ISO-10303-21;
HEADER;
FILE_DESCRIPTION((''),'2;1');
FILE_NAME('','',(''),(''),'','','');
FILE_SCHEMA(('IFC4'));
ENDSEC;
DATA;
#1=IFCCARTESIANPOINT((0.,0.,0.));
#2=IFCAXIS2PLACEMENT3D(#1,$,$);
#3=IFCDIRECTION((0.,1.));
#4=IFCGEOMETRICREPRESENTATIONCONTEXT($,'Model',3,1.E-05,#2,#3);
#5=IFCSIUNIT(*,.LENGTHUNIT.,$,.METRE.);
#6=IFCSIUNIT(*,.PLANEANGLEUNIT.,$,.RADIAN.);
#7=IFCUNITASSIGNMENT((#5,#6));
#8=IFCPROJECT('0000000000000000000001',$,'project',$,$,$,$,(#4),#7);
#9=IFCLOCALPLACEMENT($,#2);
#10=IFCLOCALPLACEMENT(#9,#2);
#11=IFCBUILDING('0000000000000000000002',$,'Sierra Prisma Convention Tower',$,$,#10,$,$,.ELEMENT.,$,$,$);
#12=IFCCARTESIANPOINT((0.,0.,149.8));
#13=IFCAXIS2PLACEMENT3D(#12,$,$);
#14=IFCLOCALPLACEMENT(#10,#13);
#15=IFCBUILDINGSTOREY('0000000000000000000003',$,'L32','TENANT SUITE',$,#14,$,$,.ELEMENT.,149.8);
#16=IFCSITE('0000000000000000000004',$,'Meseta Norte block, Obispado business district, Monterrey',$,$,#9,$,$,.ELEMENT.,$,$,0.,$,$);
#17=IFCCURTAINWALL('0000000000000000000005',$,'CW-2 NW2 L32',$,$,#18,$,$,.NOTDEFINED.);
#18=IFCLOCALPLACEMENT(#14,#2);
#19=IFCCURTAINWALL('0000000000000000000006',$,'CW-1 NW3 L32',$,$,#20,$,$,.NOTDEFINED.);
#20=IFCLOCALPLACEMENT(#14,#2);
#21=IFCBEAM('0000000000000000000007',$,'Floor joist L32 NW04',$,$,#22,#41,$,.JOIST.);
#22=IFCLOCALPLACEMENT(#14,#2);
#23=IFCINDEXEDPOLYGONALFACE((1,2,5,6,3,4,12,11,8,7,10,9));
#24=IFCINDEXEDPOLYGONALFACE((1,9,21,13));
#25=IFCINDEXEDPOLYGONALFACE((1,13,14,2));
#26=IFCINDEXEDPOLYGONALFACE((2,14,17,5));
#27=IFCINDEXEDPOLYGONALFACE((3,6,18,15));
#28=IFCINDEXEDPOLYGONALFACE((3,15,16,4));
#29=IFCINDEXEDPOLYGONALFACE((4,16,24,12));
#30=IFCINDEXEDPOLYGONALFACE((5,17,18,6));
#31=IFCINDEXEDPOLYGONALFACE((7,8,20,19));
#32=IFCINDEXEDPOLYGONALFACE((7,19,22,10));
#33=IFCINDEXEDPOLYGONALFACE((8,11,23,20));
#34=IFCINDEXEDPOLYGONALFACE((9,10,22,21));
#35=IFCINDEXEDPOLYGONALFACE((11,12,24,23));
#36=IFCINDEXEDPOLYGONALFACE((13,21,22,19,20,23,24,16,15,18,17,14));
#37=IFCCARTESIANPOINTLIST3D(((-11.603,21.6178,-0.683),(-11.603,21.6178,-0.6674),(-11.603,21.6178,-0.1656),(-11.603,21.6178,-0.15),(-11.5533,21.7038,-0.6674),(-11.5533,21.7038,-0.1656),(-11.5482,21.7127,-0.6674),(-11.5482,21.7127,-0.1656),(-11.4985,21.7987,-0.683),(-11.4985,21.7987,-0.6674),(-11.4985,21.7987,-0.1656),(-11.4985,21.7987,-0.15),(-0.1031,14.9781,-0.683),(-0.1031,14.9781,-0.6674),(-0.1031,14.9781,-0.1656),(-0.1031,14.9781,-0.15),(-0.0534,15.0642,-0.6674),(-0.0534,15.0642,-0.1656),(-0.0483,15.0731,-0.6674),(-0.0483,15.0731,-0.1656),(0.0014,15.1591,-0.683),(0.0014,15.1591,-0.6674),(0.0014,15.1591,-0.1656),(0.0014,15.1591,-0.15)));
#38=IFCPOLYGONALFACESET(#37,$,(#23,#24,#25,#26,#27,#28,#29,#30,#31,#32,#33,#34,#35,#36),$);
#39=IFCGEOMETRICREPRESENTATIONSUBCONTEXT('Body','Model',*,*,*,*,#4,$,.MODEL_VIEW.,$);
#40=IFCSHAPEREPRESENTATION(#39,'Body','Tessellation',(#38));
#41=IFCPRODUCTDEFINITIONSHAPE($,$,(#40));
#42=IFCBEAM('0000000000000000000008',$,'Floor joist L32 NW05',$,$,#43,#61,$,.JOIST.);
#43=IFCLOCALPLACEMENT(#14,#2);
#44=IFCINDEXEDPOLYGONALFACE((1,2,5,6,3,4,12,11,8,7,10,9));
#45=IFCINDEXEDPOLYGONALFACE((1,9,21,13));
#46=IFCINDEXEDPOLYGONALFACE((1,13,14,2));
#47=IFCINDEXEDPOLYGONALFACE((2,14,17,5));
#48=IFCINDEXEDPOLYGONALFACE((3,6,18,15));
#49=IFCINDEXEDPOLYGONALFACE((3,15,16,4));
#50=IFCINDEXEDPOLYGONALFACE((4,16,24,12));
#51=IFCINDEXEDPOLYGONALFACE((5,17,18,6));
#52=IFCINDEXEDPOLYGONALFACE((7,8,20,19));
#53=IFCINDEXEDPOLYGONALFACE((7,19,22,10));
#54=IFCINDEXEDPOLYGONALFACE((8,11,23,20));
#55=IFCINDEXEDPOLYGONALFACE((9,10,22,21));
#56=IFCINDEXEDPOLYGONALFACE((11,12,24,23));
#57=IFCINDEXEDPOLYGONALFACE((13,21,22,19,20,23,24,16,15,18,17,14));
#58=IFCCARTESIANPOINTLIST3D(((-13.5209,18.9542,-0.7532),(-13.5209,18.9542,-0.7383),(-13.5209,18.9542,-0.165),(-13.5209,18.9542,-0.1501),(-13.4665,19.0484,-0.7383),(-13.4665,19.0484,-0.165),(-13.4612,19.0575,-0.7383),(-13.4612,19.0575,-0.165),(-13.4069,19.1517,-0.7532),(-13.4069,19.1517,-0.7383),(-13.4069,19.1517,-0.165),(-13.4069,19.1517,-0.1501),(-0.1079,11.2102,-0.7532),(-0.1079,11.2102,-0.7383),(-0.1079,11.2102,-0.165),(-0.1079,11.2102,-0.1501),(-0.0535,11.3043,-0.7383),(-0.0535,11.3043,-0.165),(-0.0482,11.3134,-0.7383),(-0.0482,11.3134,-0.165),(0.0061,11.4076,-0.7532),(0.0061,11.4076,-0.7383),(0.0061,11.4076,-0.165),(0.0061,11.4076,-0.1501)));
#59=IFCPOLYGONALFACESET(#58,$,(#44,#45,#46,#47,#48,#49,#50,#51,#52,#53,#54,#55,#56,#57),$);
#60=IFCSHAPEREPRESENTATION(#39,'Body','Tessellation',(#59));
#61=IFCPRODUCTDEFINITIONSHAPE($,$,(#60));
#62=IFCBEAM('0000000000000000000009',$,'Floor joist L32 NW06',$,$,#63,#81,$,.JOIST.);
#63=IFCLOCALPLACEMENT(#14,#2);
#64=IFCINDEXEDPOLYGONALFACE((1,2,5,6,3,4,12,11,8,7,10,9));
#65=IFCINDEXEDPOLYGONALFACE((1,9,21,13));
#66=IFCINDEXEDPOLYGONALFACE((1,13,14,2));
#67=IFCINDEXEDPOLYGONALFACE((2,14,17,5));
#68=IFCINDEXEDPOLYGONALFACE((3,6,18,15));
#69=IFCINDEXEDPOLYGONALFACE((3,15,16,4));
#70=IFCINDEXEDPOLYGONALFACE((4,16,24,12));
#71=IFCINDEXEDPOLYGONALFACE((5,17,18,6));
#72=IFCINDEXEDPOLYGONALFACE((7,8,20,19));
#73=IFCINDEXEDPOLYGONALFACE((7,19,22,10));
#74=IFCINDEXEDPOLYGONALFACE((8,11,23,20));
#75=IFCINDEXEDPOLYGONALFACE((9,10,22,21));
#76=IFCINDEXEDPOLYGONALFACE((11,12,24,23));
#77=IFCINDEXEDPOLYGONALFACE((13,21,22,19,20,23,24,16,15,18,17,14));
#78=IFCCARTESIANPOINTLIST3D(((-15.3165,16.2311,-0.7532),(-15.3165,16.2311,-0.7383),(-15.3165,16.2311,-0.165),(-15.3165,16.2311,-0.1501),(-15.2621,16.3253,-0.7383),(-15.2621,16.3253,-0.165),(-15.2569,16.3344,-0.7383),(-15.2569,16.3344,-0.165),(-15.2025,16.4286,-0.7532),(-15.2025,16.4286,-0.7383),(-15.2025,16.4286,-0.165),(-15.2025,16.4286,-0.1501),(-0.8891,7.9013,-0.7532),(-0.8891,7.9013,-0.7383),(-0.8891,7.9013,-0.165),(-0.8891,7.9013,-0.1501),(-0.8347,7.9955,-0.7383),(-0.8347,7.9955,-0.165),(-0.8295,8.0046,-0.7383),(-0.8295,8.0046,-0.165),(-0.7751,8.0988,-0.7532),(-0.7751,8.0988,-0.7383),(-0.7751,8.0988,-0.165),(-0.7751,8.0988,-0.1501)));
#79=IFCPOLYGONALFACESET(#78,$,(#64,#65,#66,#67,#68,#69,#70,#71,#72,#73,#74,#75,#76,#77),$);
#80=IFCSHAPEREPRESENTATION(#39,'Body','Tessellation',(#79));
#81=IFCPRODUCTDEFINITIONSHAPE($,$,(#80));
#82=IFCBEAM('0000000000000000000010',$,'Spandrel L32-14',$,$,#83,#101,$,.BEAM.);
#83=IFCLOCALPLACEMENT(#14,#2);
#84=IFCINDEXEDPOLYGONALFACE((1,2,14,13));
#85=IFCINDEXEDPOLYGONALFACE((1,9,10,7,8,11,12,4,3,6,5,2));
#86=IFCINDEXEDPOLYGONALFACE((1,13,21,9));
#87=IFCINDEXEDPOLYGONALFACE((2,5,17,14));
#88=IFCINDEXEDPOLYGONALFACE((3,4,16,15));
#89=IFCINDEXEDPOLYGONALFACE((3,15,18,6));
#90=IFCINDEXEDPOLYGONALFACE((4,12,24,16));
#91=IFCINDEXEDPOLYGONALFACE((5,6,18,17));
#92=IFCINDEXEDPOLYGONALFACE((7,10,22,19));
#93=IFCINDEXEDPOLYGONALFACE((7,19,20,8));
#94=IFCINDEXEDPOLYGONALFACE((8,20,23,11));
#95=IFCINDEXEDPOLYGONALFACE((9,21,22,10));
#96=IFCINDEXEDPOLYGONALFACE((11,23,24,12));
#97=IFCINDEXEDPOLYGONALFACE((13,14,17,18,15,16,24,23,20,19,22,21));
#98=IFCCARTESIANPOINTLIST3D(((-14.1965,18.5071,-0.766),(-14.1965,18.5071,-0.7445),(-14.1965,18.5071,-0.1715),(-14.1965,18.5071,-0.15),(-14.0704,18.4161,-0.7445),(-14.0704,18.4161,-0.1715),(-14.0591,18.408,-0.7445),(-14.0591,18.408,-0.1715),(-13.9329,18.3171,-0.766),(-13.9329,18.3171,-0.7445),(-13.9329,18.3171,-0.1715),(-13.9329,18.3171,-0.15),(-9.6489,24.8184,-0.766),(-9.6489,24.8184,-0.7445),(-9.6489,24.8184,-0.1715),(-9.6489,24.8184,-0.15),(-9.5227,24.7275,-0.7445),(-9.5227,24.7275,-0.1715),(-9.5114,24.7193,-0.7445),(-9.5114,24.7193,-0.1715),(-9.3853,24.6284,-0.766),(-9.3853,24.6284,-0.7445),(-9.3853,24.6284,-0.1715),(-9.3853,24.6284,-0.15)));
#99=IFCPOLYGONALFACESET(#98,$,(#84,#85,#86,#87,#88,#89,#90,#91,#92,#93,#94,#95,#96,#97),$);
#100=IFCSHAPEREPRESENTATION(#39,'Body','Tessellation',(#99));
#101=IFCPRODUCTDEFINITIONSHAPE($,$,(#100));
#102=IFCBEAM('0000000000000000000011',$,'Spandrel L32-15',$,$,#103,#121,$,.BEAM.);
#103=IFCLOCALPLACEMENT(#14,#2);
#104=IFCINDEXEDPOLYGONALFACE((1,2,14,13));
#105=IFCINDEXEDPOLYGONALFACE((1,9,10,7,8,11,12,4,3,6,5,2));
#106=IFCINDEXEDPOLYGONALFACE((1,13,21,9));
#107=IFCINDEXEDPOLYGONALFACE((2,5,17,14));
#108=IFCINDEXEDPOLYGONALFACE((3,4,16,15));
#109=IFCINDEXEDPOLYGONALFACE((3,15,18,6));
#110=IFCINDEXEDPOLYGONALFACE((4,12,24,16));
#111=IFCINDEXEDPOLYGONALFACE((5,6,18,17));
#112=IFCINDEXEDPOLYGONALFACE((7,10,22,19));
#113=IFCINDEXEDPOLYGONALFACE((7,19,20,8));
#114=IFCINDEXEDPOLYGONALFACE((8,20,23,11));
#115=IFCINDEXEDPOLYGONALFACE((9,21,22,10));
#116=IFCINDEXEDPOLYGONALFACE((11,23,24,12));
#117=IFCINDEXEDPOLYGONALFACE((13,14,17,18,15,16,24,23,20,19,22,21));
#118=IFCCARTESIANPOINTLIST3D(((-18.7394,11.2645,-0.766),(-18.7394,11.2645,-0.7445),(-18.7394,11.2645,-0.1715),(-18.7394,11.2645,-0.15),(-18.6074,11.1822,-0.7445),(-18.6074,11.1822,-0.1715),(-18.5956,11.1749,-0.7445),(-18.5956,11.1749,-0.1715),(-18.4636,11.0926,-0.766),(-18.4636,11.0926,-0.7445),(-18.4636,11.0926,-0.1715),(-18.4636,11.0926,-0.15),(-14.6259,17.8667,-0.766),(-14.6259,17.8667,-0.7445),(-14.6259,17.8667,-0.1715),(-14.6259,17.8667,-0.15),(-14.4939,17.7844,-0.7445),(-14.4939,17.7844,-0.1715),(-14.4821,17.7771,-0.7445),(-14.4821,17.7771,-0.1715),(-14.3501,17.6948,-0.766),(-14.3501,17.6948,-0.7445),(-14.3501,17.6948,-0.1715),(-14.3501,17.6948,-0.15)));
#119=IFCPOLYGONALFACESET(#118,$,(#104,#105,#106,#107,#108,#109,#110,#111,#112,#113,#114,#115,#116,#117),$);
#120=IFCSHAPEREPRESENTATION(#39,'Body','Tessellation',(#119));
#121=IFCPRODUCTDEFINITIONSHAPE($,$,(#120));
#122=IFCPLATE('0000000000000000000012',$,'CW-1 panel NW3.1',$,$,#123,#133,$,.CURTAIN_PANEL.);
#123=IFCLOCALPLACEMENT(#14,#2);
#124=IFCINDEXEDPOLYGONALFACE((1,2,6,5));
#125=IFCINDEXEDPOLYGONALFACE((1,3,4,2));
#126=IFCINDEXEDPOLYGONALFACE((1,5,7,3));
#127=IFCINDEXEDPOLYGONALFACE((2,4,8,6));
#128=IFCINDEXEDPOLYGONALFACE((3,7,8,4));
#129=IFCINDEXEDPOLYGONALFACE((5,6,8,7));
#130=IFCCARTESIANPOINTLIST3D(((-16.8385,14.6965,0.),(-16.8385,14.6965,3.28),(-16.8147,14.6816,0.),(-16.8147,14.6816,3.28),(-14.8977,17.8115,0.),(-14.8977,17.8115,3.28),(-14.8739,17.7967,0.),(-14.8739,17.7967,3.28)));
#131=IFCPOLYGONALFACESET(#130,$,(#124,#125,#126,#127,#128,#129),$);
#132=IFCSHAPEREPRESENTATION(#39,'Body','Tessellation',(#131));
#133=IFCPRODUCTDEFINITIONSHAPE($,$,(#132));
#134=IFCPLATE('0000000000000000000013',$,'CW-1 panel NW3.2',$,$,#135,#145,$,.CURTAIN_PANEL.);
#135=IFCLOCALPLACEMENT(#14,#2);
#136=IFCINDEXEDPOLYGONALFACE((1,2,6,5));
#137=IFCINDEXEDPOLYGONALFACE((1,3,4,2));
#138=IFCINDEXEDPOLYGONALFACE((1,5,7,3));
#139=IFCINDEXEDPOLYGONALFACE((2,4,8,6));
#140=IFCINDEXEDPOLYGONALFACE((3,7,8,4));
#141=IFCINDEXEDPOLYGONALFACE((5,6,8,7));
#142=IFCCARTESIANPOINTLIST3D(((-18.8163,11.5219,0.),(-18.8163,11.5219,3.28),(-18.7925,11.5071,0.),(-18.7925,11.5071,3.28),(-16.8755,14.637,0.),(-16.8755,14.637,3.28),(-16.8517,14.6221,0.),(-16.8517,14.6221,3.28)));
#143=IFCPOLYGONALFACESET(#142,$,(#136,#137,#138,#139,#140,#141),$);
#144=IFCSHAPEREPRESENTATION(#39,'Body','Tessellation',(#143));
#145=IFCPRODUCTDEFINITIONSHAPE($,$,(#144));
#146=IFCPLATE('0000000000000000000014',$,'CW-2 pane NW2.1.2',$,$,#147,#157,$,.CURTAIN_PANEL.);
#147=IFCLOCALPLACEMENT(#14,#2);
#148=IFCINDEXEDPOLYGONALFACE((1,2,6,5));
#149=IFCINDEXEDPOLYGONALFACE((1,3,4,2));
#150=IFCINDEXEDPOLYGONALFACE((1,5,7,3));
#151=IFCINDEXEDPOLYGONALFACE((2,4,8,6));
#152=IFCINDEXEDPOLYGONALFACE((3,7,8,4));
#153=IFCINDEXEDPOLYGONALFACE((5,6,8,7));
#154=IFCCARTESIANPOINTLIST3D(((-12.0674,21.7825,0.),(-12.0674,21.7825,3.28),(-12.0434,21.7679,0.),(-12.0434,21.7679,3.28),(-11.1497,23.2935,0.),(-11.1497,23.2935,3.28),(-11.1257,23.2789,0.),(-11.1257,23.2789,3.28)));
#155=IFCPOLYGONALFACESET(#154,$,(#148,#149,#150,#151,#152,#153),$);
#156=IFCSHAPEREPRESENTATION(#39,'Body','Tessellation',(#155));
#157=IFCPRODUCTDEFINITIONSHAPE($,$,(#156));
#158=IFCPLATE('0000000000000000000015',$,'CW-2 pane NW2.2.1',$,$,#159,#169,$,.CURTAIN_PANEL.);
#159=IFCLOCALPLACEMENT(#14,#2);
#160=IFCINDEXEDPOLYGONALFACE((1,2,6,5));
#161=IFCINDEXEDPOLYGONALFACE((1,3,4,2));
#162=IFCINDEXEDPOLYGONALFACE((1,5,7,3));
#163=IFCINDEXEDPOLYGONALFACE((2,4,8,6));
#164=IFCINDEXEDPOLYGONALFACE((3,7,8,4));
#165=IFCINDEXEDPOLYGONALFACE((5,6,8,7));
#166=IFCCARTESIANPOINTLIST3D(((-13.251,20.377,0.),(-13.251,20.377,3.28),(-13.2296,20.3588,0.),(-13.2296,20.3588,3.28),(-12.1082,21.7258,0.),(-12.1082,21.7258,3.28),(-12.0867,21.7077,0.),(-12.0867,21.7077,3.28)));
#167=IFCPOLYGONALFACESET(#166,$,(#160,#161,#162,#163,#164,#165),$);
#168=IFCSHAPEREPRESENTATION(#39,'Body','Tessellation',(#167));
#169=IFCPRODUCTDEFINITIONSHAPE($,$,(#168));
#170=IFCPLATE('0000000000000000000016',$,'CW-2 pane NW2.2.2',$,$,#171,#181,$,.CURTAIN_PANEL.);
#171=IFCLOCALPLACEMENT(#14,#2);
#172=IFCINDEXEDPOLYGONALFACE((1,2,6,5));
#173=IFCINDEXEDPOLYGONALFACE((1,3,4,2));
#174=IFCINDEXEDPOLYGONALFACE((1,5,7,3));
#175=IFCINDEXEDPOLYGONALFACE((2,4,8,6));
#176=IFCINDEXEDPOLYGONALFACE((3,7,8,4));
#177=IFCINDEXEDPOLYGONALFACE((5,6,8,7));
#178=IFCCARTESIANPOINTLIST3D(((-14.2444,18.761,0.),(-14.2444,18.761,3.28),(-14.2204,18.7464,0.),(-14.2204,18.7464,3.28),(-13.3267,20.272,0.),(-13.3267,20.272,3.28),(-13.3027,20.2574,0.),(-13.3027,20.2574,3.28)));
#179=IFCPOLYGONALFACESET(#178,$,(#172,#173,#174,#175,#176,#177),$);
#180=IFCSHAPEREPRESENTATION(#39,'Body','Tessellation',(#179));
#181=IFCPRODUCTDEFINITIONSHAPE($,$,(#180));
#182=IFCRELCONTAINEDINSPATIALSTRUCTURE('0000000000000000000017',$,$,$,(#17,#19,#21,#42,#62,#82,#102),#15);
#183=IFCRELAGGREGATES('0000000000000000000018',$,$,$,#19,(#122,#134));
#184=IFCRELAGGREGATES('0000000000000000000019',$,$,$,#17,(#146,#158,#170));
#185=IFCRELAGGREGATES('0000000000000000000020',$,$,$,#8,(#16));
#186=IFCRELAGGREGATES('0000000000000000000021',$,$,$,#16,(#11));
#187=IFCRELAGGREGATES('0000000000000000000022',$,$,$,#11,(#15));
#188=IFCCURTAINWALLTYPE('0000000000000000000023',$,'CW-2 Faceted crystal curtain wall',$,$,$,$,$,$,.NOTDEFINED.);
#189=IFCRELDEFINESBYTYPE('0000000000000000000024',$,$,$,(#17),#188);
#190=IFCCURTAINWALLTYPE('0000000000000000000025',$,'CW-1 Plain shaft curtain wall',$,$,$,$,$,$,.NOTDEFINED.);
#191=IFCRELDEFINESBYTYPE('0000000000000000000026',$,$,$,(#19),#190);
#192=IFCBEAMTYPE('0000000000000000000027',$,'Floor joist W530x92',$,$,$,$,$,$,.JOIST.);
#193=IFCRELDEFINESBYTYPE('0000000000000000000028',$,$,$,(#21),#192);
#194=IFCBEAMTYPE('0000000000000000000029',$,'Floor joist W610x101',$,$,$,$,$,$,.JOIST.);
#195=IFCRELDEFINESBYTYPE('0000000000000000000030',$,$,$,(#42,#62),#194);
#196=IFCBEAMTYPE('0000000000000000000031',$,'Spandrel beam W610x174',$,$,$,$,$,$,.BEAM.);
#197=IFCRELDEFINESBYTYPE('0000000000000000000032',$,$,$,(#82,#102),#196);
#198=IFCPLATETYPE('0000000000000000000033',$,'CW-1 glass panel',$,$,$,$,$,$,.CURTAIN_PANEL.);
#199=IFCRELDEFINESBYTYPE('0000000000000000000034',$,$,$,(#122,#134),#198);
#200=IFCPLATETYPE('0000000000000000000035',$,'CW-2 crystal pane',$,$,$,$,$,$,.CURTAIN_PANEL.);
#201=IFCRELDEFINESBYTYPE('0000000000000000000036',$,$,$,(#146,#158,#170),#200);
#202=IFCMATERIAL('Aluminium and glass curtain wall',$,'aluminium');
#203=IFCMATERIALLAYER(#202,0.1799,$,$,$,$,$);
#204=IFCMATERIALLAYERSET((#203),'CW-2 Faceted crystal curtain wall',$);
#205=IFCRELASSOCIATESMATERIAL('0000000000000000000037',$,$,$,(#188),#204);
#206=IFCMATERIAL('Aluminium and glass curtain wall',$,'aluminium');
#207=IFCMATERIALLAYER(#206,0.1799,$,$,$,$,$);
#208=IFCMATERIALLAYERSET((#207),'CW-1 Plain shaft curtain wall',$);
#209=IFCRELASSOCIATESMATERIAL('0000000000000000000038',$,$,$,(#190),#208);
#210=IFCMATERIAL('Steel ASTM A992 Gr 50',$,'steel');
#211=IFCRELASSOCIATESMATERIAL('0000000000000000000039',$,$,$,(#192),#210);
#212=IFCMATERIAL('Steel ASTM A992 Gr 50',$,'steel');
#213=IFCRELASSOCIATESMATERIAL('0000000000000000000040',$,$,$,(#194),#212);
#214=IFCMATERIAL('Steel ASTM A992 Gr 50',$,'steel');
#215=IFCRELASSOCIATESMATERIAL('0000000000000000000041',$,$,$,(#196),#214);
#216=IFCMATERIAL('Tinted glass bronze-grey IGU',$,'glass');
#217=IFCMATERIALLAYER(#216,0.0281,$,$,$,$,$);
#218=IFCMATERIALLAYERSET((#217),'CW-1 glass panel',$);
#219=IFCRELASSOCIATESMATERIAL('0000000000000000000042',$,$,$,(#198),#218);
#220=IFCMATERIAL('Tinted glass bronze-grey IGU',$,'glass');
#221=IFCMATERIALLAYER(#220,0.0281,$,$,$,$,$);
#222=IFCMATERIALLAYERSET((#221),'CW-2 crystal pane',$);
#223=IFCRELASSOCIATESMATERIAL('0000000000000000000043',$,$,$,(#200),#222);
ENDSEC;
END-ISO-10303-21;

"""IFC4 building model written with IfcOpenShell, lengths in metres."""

from ifc_helpers import new_model, si_unit, direction, frame, origin, origin_2d, place, context, subcontext, project, spatial, polyline, rectangle, i_section, outline, extrude, material, layer, layer_set, material_profile, profile_set, type_object, element, aggregate, save


model = new_model("IFC4")

# Units and contexts
model_context = context("Model", 3, precision=1e-05, world=origin(), true_north=direction((0.0, 1.0)))
body_context = subcontext(model_context, "Body", "Model", "MODEL_VIEW")
ifc_project = project(units=[si_unit("LENGTHUNIT", "METRE"), si_unit("PLANEANGLEUNIT", "RADIAN")], contexts=[model_context])

# Site, building, storey
site_placement = place(None, origin())
site = spatial("IfcSite", under=ifc_project, at=site_placement, Name="Meseta Norte block, Obispado business district, Monterrey", CompositionType="ELEMENT", RefElevation=0.0)
building_placement = place(site_placement, origin())
building = spatial("IfcBuilding", under=site, at=building_placement, Name="Sierra Prisma Convention Tower", CompositionType="ELEMENT")
storey_placement = place(building_placement, frame((0.0, 0.0, 149.8)))
storey = spatial("IfcBuildingStorey", under=building, at=storey_placement, Name="L32", Description="TENANT SUITE", CompositionType="ELEMENT", Elevation=149.8)

# Curtain walls
ifc_material_1 = material(Name="Aluminium and glass curtain wall", Category="aluminium")
ifc_layer_1 = layer(ifc_material_1, 0.1799)
ifc_layer_set_1 = layer_set([ifc_layer_1], Name="CW-2 Faceted crystal curtain wall")
curtain_wall_type_1 = type_object("IfcCurtainWallType", Name="CW-2 Faceted crystal curtain wall", PredefinedType="NOTDEFINED", material=ifc_layer_set_1)
curtain_wall_1_placement = place(storey_placement, origin())
curtain_wall_1 = element("IfcCurtainWall", 1, at=curtain_wall_1_placement, inside=storey, type_object=curtain_wall_type_1, Name="CW-2 NW2 L32", PredefinedType="NOTDEFINED")
ifc_material_2 = material(Name="Aluminium and glass curtain wall", Category="aluminium")
ifc_layer_2 = layer(ifc_material_2, 0.1799)
ifc_layer_set_2 = layer_set([ifc_layer_2], Name="CW-1 Plain shaft curtain wall")
curtain_wall_type_2 = type_object("IfcCurtainWallType", Name="CW-1 Plain shaft curtain wall", PredefinedType="NOTDEFINED", material=ifc_layer_set_2)
curtain_wall_2_placement = place(storey_placement, origin())
curtain_wall_2 = element("IfcCurtainWall", 2, at=curtain_wall_2_placement, inside=storey, type_object=curtain_wall_type_2, Name="CW-1 NW3 L32", PredefinedType="NOTDEFINED")

# Beams
ifc_material_3 = material(Name="Steel ASTM A992 Gr 50", Category="steel")
ifc_material_profile_1 = material_profile(ifc_material_3, i_section(OverallWidth=0.209, OverallDepth=0.533, WebThickness=0.0103, FlangeThickness=0.0156, at=origin_2d()), Name="W530x92")
ifc_profile_set_1 = profile_set([ifc_material_profile_1], Name="Steel ASTM A992 Gr 50")
beam_type_1 = type_object("IfcBeamType", Name="Floor joist W530x92", PredefinedType="JOIST", material=ifc_profile_set_1)
beam_1_placement = place(storey_placement, frame((-11.5508, 21.7083, -0.4165), z_axis=(0.866021, -0.500007, 0.0), x_axis=(0.500007, 0.866021, 0.0)))
element("IfcBeam", 3, at=beam_1_placement, inside=storey, type_object=beam_type_1, Name="Floor joist L32 NW04", PredefinedType="JOIST", context=body_context, shape_type="SweptSolid", body=[
    extrude(i_section(OverallWidth=0.209, OverallDepth=0.533, WebThickness=0.0103, FlangeThickness=0.0156, at=origin_2d()), origin(), (0.0, 0.0, 1.0), 13.2791),
])
ifc_material_4 = material(Name="Steel ASTM A992 Gr 50", Category="steel")
ifc_material_profile_2 = material_profile(ifc_material_4, i_section(OverallWidth=0.228, OverallDepth=0.603, WebThickness=0.0105, FlangeThickness=0.0149, at=origin_2d()), Name="W610x101")
ifc_profile_set_2 = profile_set([ifc_material_profile_2], Name="Steel ASTM A992 Gr 50")
beam_type_2 = type_object("IfcBeamType", Name="Floor joist W610x101", PredefinedType="JOIST", material=ifc_profile_set_2)
beam_2_placement = place(storey_placement, frame((-13.4639, 19.053, -0.4517), z_axis=(0.866023, -0.500004, 0.0), x_axis=(0.500004, 0.866023, 0.0)))
element("IfcBeam", 4, at=beam_2_placement, inside=storey, type_object=beam_type_2, Name="Floor joist L32 NW05", PredefinedType="JOIST", context=body_context, shape_type="SweptSolid", body=[
    extrude(i_section(OverallWidth=0.228, OverallDepth=0.603, WebThickness=0.0105, FlangeThickness=0.0149, at=origin_2d()), origin(), (0.0, 0.0, 1.0), 15.488),
])
beam_3_placement = place(storey_placement, frame((-15.2595, 16.3298, -0.4517), z_axis=(0.866022, -0.500005, 0.0), x_axis=(0.500005, 0.866022, 0.0)))
element("IfcBeam", 5, at=beam_3_placement, inside=storey, type_object=beam_type_2, Name="Floor joist L32 NW06", PredefinedType="JOIST", context=body_context, shape_type="SweptSolid", body=[
    extrude(i_section(OverallWidth=0.228, OverallDepth=0.603, WebThickness=0.0105, FlangeThickness=0.0149, at=origin_2d()), origin(), (0.0, 0.0, 1.0), 16.6594),
])
ifc_material_5 = material(Name="Steel ASTM A992 Gr 50", Category="steel")
ifc_material_profile_3 = material_profile(ifc_material_5, i_section(OverallWidth=0.325, OverallDepth=0.616, WebThickness=0.0139, FlangeThickness=0.0215, at=origin_2d()), Name="W610x174")
ifc_profile_set_3 = profile_set([ifc_material_profile_3], Name="Steel ASTM A992 Gr 50")
beam_type_3 = type_object("IfcBeamType", Name="Spandrel beam W610x174", PredefinedType="BEAM", material=ifc_profile_set_3)
beam_4_placement = place(storey_placement, frame((-9.5171, 24.7234, -0.458), z_axis=(-0.5846, -0.811322, 0.0), x_axis=(0.811322, -0.5846, 0.0)))
element("IfcBeam", 6, at=beam_4_placement, inside=storey, type_object=beam_type_3, Name="Spandrel L32-14", PredefinedType="BEAM", context=body_context, shape_type="SweptSolid", body=[
    extrude(i_section(OverallWidth=0.325, OverallDepth=0.616, WebThickness=0.0139, FlangeThickness=0.0215, at=origin_2d()), origin(), (0.0, 0.0, 1.0), 7.7791),
])
beam_5_placement = place(storey_placement, frame((-14.488, 17.7808, -0.458), z_axis=(-0.528805, -0.848743, 0.0), x_axis=(0.848743, -0.528805, 0.0)))
element("IfcBeam", 7, at=beam_5_placement, inside=storey, type_object=beam_type_3, Name="Spandrel L32-15", PredefinedType="BEAM", context=body_context, shape_type="SweptSolid", body=[
    extrude(i_section(OverallWidth=0.325, OverallDepth=0.616, WebThickness=0.0139, FlangeThickness=0.0215, at=origin_2d()), origin(), (0.0, 0.0, 1.0), 7.7788),
])

# Plates
ifc_material_6 = material(Name="Tinted glass bronze-grey IGU", Category="glass")
ifc_layer_3 = layer(ifc_material_6, 0.0281)
ifc_layer_set_3 = layer_set([ifc_layer_3], Name="CW-1 glass panel")
plate_type_1 = type_object("IfcPlateType", Name="CW-1 glass panel", PredefinedType="CURTAIN_PANEL", material=ifc_layer_set_3)
plate_1_placement = place(storey_placement, frame((-15.8562, 16.2466, 0.0), z_axis=(0.0, 0.0, 1.0), x_axis=(-0.528802, -0.848745, 0.0)))
plate_1 = element("IfcPlate", 8, at=plate_1_placement, type_object=plate_type_1, Name="CW-1 panel NW3.1", PredefinedType="CURTAIN_PANEL", context=body_context, shape_type="SweptSolid", body=[
    extrude(rectangle(XDim=3.6702, YDim=0.0281, at=origin_2d()), origin(), (0.0, 0.0, 1.0), 3.28),
])
plate_2_placement = place(storey_placement, frame((-17.834, 13.072, 0.0), z_axis=(0.0, 0.0, 1.0), x_axis=(-0.528802, -0.848745, 0.0)))
plate_2 = element("IfcPlate", 9, at=plate_2_placement, type_object=plate_type_1, Name="CW-1 panel NW3.2", PredefinedType="CURTAIN_PANEL", context=body_context, shape_type="SweptSolid", body=[
    extrude(rectangle(XDim=3.6702, YDim=0.0281, at=origin_2d()), origin(), (0.0, 0.0, 1.0), 3.28),
])
aggregate(curtain_wall_2, [plate_1, plate_2])
ifc_material_7 = material(Name="Tinted glass bronze-grey IGU", Category="glass")
ifc_layer_4 = layer(ifc_material_7, 0.0281)
ifc_layer_set_4 = layer_set([ifc_layer_4], Name="CW-2 crystal pane")
plate_type_2 = type_object("IfcPlateType", Name="CW-2 crystal pane", PredefinedType="CURTAIN_PANEL", material=ifc_layer_set_4)
plate_3_placement = place(storey_placement, frame((-12.0674, 21.7825, 0.0), z_axis=(-0.854702, 0.519119, 0.0), x_axis=(0.519119, 0.854702, 0.0)))
plate_3 = element("IfcPlate", 10, at=plate_3_placement, type_object=plate_type_2, Name="CW-2 pane NW2.1.2", PredefinedType="CURTAIN_PANEL", context=body_context, shape_type="SweptSolid", body=[
    extrude(outline(polyline([(0.0, 0.0), (1.7679, 0.0), (1.7679, -3.28), (0.0, -3.28), (0.0, 0.0)])), origin(), (0.0, 0.0, -1.0), 0.0281),
])
plate_4_placement = place(storey_placement, frame((-12.1082, 21.7258, 0.0), z_axis=(-0.762978, 0.646425, 0.0), x_axis=(-0.646425, -0.762978, 0.0)))
plate_4 = element("IfcPlate", 11, at=plate_4_placement, type_object=plate_type_2, Name="CW-2 pane NW2.2.1", PredefinedType="CURTAIN_PANEL", context=body_context, shape_type="SweptSolid", body=[
    extrude(outline(polyline([(0.0, 0.0), (1.7679, 0.0), (1.7679, 3.28), (0.0, 3.28), (0.0, 0.0)])), origin(), (0.0, 0.0, -1.0), 0.0281),
])
plate_5_placement = place(storey_placement, frame((-14.2444, 18.761, 0.0), z_axis=(-0.854702, 0.519119, 0.0), x_axis=(0.519119, 0.854702, 0.0)))
plate_5 = element("IfcPlate", 12, at=plate_5_placement, type_object=plate_type_2, Name="CW-2 pane NW2.2.2", PredefinedType="CURTAIN_PANEL", context=body_context, shape_type="SweptSolid", body=[
    extrude(outline(polyline([(0.0, 0.0), (1.7679, 0.0), (1.7679, -3.28), (0.0, -3.28), (0.0, 0.0)])), origin(), (0.0, 0.0, -1.0), 0.0281),
])
aggregate(curtain_wall_1, [plate_3, plate_4, plate_5])

save(model, "model.ifc")
